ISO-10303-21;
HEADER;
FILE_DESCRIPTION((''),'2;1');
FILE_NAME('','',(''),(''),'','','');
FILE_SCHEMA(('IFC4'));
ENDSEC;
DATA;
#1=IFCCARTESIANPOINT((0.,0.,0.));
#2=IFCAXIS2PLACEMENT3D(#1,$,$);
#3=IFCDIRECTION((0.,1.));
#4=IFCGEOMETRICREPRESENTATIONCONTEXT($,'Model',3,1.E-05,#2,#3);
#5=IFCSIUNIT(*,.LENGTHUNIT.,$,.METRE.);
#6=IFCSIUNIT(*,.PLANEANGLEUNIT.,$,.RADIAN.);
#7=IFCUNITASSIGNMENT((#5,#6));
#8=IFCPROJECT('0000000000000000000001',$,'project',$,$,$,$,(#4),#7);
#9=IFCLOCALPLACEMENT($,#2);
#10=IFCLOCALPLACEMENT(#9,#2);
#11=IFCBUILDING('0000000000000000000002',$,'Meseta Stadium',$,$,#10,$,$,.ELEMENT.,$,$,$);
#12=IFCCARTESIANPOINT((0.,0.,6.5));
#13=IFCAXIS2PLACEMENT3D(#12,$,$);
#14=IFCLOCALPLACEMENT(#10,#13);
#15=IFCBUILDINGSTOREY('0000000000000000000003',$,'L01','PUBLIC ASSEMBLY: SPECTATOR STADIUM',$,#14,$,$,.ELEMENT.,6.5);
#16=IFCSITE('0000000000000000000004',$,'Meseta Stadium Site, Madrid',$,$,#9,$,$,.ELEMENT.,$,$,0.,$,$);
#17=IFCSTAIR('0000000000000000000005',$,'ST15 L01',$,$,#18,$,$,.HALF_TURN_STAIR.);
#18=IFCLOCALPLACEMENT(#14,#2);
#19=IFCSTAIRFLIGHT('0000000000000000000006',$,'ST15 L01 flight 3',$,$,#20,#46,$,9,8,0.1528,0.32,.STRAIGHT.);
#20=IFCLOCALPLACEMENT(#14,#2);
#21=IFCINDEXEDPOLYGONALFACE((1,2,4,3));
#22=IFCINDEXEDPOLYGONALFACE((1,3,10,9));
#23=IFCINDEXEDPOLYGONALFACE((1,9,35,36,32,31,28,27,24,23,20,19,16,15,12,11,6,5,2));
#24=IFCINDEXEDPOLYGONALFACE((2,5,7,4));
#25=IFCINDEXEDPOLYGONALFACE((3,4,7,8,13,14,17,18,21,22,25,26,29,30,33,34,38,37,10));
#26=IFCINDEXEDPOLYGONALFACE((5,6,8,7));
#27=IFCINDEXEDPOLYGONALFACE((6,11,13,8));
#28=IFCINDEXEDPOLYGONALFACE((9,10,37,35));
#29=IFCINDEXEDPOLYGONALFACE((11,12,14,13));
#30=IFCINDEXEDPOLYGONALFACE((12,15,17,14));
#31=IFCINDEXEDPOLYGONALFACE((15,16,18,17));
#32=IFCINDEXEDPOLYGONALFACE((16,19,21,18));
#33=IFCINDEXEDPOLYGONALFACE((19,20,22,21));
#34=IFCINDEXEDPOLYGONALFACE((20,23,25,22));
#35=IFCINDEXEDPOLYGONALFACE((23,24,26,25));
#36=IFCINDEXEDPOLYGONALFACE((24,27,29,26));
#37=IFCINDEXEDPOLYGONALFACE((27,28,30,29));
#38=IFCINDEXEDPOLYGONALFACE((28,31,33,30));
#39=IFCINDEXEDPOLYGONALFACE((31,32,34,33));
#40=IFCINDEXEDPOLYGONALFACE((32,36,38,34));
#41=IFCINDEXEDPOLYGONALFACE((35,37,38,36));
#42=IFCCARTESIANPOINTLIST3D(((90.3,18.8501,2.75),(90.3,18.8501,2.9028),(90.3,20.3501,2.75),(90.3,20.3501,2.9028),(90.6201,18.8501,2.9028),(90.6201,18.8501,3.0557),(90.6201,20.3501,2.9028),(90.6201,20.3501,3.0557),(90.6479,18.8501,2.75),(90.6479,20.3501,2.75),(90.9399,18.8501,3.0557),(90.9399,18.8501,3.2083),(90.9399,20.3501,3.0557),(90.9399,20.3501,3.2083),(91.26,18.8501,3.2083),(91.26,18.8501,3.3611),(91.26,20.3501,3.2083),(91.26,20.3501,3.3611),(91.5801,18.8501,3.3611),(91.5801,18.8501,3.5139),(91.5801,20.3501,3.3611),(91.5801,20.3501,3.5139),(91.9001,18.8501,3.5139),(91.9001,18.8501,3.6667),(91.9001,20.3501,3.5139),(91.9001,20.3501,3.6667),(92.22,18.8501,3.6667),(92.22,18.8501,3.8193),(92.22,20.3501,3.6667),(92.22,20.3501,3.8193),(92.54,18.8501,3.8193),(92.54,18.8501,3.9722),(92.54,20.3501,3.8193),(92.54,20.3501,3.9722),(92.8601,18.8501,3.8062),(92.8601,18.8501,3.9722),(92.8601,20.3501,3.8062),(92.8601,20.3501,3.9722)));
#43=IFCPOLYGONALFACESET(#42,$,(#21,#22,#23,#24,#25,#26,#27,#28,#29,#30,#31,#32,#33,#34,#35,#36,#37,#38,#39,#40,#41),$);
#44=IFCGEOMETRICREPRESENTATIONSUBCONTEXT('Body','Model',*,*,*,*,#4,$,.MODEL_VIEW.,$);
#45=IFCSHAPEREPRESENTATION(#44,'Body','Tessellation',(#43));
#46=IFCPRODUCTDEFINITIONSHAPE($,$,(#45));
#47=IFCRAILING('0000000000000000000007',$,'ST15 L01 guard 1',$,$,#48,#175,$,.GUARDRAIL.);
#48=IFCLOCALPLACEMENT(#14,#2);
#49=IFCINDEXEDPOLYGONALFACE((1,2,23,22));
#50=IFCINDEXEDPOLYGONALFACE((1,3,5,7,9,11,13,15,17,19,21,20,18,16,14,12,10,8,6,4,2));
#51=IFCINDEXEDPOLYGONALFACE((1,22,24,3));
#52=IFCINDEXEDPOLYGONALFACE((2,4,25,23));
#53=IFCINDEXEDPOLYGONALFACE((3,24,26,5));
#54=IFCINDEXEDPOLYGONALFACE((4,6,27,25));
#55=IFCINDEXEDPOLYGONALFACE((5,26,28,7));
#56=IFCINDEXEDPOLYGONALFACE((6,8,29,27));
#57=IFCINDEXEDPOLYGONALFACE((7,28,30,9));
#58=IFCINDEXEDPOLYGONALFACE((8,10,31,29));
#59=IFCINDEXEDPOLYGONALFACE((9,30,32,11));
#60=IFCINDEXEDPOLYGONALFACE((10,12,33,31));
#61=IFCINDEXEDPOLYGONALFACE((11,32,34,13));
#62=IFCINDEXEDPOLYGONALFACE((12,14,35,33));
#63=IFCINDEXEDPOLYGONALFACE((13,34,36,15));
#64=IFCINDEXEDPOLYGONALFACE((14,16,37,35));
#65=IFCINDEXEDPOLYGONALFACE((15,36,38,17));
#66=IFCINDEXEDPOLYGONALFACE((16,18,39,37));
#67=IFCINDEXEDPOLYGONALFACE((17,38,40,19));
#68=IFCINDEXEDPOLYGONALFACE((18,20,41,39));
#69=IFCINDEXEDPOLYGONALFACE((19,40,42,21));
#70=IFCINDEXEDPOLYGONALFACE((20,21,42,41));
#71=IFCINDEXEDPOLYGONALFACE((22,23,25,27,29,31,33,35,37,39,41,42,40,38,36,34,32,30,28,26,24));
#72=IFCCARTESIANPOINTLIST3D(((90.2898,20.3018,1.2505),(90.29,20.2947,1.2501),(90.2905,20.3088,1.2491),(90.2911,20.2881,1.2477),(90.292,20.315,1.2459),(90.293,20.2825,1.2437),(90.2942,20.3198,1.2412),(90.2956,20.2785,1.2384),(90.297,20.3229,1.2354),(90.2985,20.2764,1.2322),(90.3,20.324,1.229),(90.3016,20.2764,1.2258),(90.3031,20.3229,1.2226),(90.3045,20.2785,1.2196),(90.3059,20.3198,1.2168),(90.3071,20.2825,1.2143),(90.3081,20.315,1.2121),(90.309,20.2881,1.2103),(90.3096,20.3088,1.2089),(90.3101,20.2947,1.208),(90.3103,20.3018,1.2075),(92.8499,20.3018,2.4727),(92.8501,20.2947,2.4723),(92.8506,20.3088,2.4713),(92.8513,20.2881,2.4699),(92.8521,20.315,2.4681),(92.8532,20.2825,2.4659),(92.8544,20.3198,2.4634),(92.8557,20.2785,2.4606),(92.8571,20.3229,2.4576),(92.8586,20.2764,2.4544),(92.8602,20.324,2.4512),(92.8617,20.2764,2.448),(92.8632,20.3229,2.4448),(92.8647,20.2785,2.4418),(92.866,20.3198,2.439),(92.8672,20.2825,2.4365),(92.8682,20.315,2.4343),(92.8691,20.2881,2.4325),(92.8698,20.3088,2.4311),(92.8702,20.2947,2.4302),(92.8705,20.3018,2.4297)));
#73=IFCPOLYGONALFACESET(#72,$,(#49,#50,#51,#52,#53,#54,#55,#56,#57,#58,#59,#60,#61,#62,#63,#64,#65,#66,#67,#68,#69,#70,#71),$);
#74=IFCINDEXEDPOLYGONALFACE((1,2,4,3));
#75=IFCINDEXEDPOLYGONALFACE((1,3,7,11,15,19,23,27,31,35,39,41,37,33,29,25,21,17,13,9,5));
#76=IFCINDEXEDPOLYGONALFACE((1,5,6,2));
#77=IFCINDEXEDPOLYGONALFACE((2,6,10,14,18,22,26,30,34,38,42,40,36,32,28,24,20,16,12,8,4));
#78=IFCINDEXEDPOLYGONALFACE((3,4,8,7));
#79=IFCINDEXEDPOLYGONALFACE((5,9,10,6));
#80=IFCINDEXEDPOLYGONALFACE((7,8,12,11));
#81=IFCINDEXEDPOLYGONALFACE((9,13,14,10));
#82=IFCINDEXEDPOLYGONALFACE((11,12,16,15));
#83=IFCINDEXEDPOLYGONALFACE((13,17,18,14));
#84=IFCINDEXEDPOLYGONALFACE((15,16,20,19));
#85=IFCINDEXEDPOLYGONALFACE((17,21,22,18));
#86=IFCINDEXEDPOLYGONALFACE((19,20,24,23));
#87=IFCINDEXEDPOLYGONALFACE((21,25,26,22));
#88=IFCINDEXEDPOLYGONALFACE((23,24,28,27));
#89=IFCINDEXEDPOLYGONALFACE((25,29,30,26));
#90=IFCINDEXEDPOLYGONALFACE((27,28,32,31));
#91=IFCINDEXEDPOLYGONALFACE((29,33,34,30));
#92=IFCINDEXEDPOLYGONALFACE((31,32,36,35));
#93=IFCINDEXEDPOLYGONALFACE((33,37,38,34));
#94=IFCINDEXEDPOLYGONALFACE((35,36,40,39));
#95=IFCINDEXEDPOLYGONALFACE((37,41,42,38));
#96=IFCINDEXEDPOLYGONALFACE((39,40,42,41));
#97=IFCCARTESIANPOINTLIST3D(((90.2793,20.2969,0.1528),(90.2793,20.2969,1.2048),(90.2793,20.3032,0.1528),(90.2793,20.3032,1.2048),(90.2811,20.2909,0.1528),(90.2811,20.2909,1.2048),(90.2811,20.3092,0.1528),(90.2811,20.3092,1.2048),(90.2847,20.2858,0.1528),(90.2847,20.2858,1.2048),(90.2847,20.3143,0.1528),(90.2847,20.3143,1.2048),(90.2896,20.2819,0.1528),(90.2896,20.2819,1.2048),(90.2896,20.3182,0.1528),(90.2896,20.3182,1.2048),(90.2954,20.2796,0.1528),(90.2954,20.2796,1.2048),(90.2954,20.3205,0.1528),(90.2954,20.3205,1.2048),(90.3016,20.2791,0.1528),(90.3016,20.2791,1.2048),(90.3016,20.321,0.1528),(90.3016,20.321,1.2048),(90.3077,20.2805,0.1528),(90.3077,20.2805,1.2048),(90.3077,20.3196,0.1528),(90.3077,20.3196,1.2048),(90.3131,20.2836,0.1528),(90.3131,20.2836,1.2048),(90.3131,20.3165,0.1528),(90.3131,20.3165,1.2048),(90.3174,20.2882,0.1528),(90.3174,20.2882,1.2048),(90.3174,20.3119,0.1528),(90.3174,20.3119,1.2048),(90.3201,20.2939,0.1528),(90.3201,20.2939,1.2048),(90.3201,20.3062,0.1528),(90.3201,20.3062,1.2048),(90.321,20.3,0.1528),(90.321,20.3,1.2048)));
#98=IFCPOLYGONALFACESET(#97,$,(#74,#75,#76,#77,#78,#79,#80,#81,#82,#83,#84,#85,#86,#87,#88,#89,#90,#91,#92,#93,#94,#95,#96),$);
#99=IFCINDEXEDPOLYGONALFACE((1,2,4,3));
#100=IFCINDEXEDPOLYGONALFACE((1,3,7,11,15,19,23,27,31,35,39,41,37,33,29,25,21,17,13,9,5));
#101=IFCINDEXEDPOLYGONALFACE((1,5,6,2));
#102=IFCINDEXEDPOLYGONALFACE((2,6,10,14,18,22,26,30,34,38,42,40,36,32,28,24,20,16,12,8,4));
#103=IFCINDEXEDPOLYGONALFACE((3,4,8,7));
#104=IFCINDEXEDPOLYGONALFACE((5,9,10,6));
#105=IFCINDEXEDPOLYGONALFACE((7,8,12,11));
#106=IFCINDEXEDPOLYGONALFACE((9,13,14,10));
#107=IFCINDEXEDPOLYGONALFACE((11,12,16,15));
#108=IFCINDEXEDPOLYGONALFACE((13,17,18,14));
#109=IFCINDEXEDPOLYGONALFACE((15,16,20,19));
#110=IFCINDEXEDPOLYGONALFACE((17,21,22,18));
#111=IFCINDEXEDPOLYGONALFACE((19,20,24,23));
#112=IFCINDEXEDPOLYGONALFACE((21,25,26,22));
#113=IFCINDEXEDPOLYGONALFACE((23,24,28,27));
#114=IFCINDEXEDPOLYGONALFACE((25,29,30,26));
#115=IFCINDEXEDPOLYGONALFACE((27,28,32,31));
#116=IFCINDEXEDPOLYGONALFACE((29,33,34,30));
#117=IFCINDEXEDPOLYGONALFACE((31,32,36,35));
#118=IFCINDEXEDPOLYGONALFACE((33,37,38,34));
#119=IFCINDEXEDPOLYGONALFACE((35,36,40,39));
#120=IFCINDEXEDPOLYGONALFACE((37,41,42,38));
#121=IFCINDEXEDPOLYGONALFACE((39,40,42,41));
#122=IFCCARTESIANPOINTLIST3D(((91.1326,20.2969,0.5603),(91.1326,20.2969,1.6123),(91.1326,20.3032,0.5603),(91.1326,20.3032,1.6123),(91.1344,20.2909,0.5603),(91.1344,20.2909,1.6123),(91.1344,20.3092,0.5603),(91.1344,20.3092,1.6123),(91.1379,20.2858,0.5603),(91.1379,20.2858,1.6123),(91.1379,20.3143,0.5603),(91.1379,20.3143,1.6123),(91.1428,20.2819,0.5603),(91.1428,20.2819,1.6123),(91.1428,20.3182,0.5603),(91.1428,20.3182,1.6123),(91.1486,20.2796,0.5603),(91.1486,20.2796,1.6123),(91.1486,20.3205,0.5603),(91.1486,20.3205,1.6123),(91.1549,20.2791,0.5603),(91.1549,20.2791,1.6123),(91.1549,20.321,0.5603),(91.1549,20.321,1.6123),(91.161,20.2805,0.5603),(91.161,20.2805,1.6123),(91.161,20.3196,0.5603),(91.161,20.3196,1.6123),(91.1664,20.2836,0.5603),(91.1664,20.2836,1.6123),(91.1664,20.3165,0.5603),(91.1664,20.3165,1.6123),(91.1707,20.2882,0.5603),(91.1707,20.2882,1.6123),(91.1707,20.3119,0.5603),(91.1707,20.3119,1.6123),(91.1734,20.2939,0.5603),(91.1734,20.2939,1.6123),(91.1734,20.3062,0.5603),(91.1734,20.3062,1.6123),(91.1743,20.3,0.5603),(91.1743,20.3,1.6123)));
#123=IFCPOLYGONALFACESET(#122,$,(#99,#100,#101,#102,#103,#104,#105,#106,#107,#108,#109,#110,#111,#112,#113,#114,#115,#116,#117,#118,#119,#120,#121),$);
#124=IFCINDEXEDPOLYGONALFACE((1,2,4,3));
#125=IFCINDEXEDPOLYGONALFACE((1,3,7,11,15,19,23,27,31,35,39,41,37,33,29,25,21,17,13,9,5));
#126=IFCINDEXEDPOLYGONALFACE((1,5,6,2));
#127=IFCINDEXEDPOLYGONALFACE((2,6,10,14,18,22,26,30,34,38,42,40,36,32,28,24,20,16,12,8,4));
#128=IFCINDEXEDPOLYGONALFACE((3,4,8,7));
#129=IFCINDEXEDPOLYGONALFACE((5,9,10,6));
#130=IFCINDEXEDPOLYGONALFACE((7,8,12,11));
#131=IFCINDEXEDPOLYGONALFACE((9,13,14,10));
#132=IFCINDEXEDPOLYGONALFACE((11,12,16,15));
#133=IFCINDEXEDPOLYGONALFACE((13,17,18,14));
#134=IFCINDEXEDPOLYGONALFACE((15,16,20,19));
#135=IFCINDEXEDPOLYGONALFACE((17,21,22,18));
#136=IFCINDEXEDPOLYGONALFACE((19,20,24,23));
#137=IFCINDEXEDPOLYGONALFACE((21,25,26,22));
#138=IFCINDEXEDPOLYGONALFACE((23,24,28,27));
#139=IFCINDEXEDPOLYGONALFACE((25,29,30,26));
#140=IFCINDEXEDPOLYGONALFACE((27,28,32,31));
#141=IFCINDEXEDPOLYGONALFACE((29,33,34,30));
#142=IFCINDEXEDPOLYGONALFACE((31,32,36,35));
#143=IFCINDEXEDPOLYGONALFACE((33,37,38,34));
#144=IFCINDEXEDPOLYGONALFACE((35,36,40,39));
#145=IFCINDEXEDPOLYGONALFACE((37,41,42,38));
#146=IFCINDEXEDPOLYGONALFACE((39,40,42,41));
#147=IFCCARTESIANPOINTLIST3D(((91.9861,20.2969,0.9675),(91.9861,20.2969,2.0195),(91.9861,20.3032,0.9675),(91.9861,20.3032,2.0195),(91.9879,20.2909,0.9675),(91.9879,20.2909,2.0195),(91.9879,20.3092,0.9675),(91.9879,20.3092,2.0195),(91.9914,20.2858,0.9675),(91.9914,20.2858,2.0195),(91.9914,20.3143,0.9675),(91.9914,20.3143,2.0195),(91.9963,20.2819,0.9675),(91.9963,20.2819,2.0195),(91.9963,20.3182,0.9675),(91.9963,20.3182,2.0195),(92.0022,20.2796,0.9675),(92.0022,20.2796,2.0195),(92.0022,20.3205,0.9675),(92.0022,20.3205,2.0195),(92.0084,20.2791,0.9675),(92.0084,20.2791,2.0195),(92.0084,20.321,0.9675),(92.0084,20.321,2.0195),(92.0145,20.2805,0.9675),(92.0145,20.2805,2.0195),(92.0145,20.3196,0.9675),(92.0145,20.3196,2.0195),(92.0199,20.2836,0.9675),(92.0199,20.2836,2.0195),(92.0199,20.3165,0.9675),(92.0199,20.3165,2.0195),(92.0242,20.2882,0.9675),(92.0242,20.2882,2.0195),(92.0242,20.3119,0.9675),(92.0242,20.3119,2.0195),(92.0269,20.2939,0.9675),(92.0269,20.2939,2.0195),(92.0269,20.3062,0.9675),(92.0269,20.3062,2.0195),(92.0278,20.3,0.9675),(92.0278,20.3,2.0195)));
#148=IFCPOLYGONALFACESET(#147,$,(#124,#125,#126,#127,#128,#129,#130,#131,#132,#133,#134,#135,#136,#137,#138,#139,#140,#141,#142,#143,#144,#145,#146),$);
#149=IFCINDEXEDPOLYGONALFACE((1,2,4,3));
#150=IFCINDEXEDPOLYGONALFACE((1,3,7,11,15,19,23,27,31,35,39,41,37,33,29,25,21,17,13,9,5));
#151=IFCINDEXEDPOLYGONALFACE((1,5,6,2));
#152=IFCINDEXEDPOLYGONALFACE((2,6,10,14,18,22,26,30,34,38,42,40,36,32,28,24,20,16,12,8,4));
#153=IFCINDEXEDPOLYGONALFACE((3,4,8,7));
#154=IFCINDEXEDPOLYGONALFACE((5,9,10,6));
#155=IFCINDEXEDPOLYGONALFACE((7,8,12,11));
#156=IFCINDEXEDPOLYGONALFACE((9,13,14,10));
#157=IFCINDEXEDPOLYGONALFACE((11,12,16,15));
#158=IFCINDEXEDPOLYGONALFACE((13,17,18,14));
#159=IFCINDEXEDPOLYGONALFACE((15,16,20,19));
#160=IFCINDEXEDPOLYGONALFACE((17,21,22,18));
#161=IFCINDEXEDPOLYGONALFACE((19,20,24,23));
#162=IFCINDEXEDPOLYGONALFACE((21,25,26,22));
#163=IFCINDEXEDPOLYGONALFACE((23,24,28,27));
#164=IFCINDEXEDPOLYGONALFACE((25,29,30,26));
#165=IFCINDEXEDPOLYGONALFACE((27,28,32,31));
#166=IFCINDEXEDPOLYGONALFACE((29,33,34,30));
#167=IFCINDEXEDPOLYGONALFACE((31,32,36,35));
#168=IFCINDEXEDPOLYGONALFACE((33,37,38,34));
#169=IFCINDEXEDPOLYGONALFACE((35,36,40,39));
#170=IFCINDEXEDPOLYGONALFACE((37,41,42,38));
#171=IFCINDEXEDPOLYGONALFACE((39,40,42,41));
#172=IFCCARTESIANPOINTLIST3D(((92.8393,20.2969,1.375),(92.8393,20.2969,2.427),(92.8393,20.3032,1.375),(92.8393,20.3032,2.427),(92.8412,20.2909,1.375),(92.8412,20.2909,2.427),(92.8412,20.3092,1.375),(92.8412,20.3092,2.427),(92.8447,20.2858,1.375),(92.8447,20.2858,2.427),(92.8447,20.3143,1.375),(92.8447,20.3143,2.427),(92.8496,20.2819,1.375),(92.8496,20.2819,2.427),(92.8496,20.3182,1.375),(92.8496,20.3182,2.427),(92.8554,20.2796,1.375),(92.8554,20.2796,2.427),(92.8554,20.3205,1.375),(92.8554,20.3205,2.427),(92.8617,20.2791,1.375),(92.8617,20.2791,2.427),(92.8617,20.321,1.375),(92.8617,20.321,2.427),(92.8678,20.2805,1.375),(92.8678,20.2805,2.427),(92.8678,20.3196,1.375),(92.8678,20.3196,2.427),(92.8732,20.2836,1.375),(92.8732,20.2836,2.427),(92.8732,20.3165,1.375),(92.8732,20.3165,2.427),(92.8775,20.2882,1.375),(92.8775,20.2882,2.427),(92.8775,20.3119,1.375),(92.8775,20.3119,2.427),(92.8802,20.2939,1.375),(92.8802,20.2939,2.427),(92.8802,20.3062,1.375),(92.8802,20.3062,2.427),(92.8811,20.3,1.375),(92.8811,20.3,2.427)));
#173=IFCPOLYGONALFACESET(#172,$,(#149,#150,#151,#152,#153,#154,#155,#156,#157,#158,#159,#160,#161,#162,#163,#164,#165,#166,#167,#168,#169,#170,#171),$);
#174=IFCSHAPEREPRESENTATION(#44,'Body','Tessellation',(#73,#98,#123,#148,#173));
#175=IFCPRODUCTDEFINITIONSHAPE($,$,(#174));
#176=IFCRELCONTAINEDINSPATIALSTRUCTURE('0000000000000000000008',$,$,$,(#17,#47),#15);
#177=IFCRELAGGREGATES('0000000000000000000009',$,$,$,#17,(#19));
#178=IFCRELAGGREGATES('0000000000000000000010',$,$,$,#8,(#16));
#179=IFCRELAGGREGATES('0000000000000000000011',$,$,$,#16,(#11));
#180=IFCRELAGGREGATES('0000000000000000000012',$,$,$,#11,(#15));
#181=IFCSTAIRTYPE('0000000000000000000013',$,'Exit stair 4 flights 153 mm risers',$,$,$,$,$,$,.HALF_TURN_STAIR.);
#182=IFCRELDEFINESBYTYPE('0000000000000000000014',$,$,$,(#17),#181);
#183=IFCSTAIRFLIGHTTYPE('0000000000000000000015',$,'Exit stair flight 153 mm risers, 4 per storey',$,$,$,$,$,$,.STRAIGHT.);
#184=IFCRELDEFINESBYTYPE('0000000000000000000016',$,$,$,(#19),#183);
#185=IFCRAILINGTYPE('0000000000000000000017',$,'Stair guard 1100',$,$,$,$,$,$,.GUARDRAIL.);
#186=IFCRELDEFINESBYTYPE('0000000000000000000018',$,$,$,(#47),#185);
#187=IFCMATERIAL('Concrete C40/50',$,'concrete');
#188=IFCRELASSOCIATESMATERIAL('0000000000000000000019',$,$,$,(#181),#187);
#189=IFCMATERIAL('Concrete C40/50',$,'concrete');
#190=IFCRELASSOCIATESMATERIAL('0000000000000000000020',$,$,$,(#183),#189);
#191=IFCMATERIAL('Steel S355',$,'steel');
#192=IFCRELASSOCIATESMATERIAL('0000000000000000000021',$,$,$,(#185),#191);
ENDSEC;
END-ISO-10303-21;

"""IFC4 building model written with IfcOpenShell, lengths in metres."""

from ifc_helpers import new_model, si_unit, direction, frame, origin, origin_2d, place, context, subcontext, project, spatial, polyline, circle, outline, extrude, material, type_object, element, aggregate, save


model = new_model("IFC4")

# Units and contexts
model_context = context("Model", 3, precision=1e-05, world=origin(), true_north=direction((0.0, 1.0)))
body_context = subcontext(model_context, "Body", "Model", "MODEL_VIEW")
ifc_project = project(units=[si_unit("LENGTHUNIT", "METRE"), si_unit("PLANEANGLEUNIT", "RADIAN")], contexts=[model_context])

# Site, building, storey
site_placement = place(None, origin())
site = spatial("IfcSite", under=ifc_project, at=site_placement, Name="Meseta Stadium Site, Madrid", CompositionType="ELEMENT", RefElevation=0.0)
building_placement = place(site_placement, origin())
building = spatial("IfcBuilding", under=site, at=building_placement, Name="Meseta Stadium", CompositionType="ELEMENT")
storey_placement = place(building_placement, frame((0.0, 0.0, 6.5)))
storey = spatial("IfcBuildingStorey", under=building, at=storey_placement, Name="L01", Description="PUBLIC ASSEMBLY: SPECTATOR STADIUM", CompositionType="ELEMENT", Elevation=6.5)

# Stair, stair flight
ifc_material_1 = material(Name="Concrete C40/50", Category="concrete")
stair_type = type_object("IfcStairType", Name="Exit stair 4 flights 153 mm risers", PredefinedType="HALF_TURN_STAIR", material=ifc_material_1)
stair_placement = place(storey_placement, origin())
stair = element("IfcStair", 1, at=stair_placement, inside=storey, type_object=stair_type, Name="ST15 L01", PredefinedType="HALF_TURN_STAIR")
ifc_material_2 = material(Name="Concrete C40/50", Category="concrete")
stair_flight_type = type_object("IfcStairFlightType", Name="Exit stair flight 153 mm risers, 4 per storey", PredefinedType="STRAIGHT", material=ifc_material_2)
stair_flight_1_placement = place(storey_placement, frame((90.3, 19.6001, 2.75), z_axis=(0.0, 0.0, 1.0), x_axis=(1.0, 0.0, 0.0)))
stair_flight_1 = element("IfcStairFlight", 2, at=stair_flight_1_placement, type_object=stair_flight_type, Name="ST15 L01 flight 3", NumberOfRisers=9, NumberOfTreads=8, PredefinedType="STRAIGHT", RiserHeight=0.1528, TreadLength=0.32, context=body_context, shape_type="SweptSolid", body=[
    extrude(outline(polyline([(0.0, 0.0), (0.0, 0.1528), (0.3201, 0.1528), (0.3201, 0.3057), (0.6399, 0.3057), (0.6399, 0.4583), (0.96, 0.4583), (0.96, 0.6111), (1.28, 0.6111), (1.28, 0.7639), (1.6001, 0.7639), (1.6001, 0.9167), (1.9199, 0.9167), (1.9199, 1.0693), (2.24, 1.0693), (2.24, 1.2222), (2.5601, 1.2222), (2.5601, 1.0562), (0.3479, 0.0), (0.0, 0.0)])), frame((0.0, 0.75, 0.0), z_axis=(0.0, -1.0, 0.0), x_axis=(1.0, 0.0, 0.0)), (0.0, 0.0, 1.0), 1.5),
])
aggregate(stair, [stair_flight_1])

# Railing
ifc_material_3 = material(Name="Steel S355", Category="steel")
railing_type_1 = type_object("IfcRailingType", Name="Stair guard 1100", PredefinedType="GUARDRAIL", material=ifc_material_3)
railing_1_placement = place(storey_placement, frame((90.3, 20.3, 0.1528)))
element("IfcRailing", 3, at=railing_1_placement, inside=storey, type_object=railing_type_1, Name="ST15 L01 guard 1", PredefinedType="GUARDRAIL", context=body_context, shape_type="SweptSolid", body=[
    extrude(circle(Radius=0.0239, at=origin_2d()), frame((0.0, 0.0, 1.0762), z_axis=(0.902437, 0.0, 0.430822), x_axis=(0.0, 1.0, 0.0)), (0.0, 0.0, 1.0), 2.8369),
    extrude(circle(Radius=0.021, at=origin_2d()), origin(), (0.0, 0.0, 1.0), 1.052),
    extrude(circle(Radius=0.021, at=origin_2d()), frame((0.8533, 0.0, 0.4075)), (0.0, 0.0, 1.0), 1.052),
    extrude(circle(Radius=0.021, at=origin_2d()), frame((1.7068, 0.0, 0.8147)), (0.0, 0.0, 1.0), 1.052),
    extrude(circle(Radius=0.021, at=origin_2d()), frame((2.5601, 0.0, 1.2222)), (0.0, 0.0, 1.0), 1.052),
])

save(model, "model.ifc")
